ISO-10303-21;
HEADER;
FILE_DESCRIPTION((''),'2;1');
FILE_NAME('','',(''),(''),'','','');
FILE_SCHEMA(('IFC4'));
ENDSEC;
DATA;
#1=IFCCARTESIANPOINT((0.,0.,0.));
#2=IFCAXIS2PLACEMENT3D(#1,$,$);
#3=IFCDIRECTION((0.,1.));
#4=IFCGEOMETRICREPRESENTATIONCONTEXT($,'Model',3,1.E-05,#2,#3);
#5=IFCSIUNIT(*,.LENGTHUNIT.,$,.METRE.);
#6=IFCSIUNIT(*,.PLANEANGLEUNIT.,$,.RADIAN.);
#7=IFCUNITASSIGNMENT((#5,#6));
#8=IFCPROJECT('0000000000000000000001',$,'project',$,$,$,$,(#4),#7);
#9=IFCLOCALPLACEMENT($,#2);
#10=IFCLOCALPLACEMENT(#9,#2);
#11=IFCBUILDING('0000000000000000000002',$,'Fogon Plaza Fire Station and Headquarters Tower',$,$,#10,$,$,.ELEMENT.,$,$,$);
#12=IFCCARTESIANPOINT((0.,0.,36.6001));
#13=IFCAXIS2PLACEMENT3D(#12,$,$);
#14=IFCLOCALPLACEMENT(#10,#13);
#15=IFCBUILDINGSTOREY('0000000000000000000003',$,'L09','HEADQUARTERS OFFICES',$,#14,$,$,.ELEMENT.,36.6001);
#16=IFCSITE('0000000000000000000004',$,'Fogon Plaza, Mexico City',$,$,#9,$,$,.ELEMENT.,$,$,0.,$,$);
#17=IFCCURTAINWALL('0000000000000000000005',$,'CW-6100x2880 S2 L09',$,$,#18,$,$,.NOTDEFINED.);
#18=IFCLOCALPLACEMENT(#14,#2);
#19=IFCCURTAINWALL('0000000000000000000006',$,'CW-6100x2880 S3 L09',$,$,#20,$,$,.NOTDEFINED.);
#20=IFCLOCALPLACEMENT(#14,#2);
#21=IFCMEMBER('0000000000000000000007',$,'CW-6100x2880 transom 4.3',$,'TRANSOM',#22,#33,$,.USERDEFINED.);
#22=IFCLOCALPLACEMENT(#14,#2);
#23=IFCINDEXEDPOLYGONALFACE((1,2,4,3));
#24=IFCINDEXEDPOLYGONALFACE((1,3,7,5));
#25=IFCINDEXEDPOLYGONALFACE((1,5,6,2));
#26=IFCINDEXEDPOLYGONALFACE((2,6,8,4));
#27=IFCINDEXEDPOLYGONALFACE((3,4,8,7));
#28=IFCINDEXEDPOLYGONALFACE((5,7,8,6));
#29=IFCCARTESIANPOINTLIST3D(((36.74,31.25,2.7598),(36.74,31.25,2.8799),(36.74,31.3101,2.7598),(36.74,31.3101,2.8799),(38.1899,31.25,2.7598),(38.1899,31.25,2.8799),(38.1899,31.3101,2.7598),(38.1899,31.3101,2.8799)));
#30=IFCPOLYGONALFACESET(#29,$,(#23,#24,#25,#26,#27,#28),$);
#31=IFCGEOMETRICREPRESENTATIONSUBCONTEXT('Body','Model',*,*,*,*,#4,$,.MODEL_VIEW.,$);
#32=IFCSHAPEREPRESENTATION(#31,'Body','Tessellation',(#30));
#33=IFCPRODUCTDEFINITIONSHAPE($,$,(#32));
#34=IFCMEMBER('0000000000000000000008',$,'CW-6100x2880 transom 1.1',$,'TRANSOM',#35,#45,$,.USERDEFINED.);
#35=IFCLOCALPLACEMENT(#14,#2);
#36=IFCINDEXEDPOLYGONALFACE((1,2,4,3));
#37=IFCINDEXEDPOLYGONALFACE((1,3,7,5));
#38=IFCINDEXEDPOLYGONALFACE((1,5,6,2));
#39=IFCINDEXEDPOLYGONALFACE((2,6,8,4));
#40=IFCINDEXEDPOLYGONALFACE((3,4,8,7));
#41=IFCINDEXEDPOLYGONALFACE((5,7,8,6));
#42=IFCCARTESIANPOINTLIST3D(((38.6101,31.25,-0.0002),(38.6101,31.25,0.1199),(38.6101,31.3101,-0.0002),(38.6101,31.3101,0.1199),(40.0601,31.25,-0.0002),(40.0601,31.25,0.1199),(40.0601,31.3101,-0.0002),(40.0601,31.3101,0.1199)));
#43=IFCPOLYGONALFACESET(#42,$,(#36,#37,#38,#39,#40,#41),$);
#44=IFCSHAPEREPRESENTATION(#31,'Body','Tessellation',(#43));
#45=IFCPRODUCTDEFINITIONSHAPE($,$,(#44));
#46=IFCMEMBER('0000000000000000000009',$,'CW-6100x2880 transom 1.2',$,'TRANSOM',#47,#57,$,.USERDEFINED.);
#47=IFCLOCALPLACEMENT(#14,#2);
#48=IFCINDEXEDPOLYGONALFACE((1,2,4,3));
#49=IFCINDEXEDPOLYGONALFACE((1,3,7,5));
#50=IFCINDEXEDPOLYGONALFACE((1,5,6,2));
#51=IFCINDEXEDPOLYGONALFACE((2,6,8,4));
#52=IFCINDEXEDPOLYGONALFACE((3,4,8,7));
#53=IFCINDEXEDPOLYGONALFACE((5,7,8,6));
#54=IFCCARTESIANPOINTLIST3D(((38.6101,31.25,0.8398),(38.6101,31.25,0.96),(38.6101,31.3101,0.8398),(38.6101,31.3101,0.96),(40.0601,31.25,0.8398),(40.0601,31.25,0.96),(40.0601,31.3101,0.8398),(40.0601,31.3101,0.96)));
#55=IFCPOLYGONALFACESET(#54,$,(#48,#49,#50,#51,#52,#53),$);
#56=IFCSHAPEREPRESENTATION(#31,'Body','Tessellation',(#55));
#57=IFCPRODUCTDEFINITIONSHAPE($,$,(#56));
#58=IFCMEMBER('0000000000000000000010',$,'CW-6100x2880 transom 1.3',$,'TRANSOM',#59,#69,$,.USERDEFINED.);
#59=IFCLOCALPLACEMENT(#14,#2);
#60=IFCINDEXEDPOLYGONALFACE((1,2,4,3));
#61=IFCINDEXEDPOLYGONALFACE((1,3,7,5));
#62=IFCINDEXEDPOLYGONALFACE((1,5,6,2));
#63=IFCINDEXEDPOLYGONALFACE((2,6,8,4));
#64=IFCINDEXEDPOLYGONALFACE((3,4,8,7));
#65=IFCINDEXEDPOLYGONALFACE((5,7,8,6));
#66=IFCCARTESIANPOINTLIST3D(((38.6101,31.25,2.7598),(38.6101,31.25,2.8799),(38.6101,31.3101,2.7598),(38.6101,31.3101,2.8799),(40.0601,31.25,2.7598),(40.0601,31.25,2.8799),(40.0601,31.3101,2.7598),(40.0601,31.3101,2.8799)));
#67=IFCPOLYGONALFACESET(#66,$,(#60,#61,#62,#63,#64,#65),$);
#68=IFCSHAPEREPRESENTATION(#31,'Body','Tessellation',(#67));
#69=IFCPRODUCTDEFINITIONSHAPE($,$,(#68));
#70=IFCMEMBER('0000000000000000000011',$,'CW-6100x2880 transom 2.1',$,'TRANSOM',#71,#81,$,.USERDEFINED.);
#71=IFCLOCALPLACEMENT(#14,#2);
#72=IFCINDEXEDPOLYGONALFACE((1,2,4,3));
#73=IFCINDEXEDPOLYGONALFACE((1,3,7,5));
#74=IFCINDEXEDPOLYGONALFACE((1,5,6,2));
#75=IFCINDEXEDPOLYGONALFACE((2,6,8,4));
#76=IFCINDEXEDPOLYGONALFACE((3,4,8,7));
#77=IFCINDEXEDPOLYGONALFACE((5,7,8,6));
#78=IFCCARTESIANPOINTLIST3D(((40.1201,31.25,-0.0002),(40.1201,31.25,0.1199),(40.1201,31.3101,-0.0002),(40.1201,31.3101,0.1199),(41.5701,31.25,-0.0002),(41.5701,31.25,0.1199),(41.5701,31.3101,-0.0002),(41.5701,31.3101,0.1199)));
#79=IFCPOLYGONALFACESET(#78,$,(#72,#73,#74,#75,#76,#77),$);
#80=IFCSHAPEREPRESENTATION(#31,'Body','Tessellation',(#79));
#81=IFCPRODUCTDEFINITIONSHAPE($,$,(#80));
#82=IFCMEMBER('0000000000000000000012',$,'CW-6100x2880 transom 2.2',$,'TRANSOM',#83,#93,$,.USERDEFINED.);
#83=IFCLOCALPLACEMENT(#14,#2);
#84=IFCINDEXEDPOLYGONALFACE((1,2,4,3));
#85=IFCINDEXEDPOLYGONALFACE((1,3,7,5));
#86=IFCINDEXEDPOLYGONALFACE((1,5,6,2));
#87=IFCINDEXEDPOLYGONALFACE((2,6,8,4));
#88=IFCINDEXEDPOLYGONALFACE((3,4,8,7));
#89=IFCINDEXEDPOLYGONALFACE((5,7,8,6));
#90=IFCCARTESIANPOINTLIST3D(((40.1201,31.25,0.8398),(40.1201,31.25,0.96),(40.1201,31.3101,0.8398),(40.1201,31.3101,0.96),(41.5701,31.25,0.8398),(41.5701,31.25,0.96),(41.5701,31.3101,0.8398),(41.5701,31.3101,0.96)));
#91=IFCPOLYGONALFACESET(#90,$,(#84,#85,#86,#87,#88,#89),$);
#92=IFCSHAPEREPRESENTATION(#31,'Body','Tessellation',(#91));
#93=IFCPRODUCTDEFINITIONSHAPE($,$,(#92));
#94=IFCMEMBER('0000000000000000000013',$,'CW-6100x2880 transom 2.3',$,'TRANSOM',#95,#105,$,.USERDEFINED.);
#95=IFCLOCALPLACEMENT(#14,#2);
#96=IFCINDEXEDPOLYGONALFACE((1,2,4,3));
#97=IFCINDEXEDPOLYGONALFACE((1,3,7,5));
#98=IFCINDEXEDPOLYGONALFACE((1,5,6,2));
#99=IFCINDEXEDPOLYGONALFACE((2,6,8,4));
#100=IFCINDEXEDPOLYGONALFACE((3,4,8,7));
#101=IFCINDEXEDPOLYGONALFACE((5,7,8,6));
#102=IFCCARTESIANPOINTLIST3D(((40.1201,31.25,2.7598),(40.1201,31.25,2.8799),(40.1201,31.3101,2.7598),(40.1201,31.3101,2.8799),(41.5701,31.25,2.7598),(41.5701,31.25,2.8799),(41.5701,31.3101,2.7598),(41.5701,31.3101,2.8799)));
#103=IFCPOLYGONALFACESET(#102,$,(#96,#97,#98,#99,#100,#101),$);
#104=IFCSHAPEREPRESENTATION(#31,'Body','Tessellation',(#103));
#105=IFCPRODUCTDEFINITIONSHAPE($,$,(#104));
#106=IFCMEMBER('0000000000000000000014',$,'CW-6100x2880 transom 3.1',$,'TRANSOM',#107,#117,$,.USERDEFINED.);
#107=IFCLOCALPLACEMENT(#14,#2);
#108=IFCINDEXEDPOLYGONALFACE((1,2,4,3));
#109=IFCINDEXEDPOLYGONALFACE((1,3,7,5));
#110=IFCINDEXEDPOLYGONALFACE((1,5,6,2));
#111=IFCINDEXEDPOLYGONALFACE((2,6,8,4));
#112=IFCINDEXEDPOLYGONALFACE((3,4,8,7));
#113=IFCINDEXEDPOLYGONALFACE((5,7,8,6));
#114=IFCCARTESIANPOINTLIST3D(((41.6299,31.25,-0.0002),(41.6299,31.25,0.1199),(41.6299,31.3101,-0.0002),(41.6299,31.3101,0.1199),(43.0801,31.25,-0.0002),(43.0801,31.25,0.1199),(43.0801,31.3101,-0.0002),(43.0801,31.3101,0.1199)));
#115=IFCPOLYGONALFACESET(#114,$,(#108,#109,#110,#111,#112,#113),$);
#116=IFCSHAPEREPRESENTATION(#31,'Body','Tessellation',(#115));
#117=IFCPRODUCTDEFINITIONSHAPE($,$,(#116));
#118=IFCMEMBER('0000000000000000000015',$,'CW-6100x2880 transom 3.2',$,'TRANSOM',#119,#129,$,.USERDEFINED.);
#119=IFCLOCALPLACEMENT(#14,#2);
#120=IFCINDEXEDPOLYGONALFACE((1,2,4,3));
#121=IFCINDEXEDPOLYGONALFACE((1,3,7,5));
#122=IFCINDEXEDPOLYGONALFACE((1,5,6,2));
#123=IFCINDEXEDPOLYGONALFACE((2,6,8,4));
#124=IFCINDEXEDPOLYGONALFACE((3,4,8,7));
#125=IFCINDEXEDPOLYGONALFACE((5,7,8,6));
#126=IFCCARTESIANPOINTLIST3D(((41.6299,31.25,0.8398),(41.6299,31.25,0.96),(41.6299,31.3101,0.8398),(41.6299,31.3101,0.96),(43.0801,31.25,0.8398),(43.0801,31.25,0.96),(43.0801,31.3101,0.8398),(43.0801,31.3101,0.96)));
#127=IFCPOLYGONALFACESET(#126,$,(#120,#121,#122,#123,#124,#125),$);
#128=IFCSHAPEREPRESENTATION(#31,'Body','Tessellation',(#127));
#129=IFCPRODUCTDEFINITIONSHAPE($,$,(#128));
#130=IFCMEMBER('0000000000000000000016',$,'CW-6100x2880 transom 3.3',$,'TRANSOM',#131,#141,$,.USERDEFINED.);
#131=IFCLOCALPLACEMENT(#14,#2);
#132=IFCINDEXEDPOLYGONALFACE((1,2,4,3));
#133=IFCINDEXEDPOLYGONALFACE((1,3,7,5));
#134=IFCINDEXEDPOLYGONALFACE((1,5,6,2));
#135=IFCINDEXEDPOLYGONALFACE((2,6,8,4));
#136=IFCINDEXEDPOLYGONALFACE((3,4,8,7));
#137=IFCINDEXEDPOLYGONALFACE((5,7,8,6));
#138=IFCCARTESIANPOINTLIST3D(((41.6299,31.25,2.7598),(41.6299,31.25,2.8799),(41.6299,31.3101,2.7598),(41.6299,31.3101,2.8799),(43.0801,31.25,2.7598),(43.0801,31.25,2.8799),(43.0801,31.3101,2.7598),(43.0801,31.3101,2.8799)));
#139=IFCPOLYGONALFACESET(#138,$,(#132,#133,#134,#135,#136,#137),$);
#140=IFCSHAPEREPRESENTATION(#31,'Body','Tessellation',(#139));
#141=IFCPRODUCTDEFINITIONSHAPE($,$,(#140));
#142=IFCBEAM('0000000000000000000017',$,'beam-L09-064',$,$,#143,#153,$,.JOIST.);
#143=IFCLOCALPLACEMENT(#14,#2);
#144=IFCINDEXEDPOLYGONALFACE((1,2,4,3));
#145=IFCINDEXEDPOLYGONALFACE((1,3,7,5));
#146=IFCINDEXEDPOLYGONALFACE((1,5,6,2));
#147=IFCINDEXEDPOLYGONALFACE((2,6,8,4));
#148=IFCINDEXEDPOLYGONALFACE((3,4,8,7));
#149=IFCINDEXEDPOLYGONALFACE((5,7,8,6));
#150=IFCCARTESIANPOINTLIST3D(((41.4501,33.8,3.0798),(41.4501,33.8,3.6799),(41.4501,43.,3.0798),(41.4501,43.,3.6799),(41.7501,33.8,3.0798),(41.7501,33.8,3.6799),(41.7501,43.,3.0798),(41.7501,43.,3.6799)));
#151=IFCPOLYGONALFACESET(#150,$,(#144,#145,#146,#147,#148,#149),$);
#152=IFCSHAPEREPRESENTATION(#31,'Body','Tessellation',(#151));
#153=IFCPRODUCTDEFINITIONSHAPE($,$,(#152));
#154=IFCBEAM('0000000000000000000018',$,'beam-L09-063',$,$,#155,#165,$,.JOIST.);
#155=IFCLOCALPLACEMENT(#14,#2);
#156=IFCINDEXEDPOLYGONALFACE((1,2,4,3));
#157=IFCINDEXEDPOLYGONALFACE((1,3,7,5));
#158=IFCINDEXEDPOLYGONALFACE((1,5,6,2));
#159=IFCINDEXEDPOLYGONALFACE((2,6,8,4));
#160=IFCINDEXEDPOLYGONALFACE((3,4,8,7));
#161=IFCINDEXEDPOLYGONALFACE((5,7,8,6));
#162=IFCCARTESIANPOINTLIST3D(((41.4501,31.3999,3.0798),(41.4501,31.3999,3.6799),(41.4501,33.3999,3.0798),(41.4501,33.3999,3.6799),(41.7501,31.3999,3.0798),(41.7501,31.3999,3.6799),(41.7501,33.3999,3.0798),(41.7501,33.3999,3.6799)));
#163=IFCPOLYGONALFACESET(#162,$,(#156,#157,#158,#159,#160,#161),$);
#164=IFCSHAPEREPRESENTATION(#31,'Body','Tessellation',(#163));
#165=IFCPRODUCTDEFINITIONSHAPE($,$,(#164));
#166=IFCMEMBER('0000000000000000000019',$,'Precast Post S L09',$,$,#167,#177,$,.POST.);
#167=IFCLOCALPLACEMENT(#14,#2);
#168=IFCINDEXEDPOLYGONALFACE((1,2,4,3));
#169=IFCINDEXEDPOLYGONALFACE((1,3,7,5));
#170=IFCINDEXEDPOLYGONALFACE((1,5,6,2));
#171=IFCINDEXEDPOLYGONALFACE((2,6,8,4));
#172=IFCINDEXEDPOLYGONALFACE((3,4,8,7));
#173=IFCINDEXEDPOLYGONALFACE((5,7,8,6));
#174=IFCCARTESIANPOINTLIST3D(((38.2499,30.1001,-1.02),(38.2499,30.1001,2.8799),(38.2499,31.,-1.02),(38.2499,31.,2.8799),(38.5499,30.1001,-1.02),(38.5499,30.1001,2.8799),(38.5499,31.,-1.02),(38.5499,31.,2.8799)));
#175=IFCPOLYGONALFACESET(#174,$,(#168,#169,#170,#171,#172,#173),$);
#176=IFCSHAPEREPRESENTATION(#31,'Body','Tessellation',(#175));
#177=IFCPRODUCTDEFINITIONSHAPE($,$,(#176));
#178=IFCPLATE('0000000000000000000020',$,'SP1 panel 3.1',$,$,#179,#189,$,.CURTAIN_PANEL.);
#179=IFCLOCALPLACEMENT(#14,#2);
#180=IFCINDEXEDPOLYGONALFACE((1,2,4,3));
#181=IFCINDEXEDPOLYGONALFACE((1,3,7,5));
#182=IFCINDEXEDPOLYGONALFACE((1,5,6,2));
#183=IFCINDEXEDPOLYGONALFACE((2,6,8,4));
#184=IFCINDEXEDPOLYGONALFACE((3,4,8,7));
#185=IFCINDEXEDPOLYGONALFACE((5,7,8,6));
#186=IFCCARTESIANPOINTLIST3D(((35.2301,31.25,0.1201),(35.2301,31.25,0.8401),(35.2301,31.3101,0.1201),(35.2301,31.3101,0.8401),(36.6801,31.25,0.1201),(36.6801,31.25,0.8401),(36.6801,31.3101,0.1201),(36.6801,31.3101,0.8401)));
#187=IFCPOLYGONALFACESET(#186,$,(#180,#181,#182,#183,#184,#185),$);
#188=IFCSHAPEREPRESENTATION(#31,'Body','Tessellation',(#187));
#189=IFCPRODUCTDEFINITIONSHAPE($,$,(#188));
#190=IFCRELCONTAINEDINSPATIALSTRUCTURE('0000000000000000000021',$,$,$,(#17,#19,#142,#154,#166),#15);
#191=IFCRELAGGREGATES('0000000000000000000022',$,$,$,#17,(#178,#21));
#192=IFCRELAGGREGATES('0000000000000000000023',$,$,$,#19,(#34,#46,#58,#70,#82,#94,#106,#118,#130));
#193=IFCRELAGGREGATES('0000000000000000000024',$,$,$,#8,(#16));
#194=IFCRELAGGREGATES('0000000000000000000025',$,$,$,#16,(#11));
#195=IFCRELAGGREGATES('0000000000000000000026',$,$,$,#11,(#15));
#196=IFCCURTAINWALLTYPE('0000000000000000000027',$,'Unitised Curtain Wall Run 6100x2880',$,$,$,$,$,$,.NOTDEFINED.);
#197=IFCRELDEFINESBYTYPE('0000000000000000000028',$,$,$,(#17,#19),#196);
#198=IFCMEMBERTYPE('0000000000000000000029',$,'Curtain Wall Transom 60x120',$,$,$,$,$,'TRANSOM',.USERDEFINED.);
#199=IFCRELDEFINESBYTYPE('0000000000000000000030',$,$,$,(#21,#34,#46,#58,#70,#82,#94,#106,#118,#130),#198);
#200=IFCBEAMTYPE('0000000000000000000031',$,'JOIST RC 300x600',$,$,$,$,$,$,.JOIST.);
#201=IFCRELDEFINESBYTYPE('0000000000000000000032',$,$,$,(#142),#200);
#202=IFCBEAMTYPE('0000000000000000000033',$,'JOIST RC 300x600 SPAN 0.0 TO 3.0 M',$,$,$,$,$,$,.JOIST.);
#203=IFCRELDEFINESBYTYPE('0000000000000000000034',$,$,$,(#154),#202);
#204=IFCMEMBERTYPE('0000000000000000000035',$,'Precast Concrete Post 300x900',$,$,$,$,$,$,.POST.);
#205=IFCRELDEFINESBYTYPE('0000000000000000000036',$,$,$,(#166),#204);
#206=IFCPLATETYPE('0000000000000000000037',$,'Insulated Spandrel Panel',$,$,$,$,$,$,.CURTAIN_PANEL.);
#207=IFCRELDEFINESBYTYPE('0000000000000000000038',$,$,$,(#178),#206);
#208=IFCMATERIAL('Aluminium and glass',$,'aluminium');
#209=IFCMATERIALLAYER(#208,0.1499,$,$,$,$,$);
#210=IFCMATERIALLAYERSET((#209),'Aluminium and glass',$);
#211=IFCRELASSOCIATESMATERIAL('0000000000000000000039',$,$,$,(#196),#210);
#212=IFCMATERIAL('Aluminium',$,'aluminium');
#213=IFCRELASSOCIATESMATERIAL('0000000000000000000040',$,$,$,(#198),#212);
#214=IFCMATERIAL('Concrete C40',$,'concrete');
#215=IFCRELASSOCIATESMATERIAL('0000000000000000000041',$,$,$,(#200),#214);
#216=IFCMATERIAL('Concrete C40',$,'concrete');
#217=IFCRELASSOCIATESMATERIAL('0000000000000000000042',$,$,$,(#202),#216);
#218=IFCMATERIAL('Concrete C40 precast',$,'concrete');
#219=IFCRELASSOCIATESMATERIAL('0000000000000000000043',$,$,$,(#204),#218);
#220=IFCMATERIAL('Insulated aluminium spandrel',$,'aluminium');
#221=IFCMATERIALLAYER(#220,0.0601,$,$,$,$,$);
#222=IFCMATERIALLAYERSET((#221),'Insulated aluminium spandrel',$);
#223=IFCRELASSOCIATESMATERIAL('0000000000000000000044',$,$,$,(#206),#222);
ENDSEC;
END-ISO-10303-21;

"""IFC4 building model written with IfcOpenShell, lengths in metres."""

from ifc_helpers import new_model, si_unit, direction, frame, origin, origin_2d, place, context, subcontext, project, spatial, rectangle, extrude, material, layer, layer_set, material_profile, profile_set, type_object, element, aggregate, save


model = new_model("IFC4")

# Units and contexts
model_context = context("Model", 3, precision=1e-05, world=origin(), true_north=direction((0.0, 1.0)))
body_context = subcontext(model_context, "Body", "Model", "MODEL_VIEW")
ifc_project = project(units=[si_unit("LENGTHUNIT", "METRE"), si_unit("PLANEANGLEUNIT", "RADIAN")], contexts=[model_context])

# Site, building, storey
site_placement = place(None, origin())
site = spatial("IfcSite", under=ifc_project, at=site_placement, Name="Fogon Plaza, Mexico City", CompositionType="ELEMENT", RefElevation=0.0)
building_placement = place(site_placement, origin())
building = spatial("IfcBuilding", under=site, at=building_placement, Name="Fogon Plaza Fire Station and Headquarters Tower", CompositionType="ELEMENT")
storey_placement = place(building_placement, frame((0.0, 0.0, 36.6001)))
storey = spatial("IfcBuildingStorey", under=building, at=storey_placement, Name="L09", Description="HEADQUARTERS OFFICES", CompositionType="ELEMENT", Elevation=36.6001)

# Curtain walls
ifc_material_1 = material(Name="Aluminium and glass", Category="aluminium")
ifc_layer_1 = layer(ifc_material_1, 0.1499)
ifc_layer_set_1 = layer_set([ifc_layer_1], Name="Aluminium and glass")
curtain_wall_type = type_object("IfcCurtainWallType", Name="Unitised Curtain Wall Run 6100x2880", PredefinedType="NOTDEFINED", material=ifc_layer_set_1)
curtain_wall_1_placement = place(storey_placement, origin())
curtain_wall_1 = element("IfcCurtainWall", 1, at=curtain_wall_1_placement, inside=storey, type_object=curtain_wall_type, Name="CW-6100x2880 S2 L09", PredefinedType="NOTDEFINED")
curtain_wall_2_placement = place(storey_placement, origin())
curtain_wall_2 = element("IfcCurtainWall", 2, at=curtain_wall_2_placement, inside=storey, type_object=curtain_wall_type, Name="CW-6100x2880 S3 L09", PredefinedType="NOTDEFINED")

# Members
ifc_material_2 = material(Name="Aluminium", Category="aluminium")
ifc_material_profile_1 = material_profile(ifc_material_2, rectangle(XDim=0.0601, YDim=0.1201, at=origin_2d()), Name="Curtain Wall Transom 60x120")
ifc_profile_set_1 = profile_set([ifc_material_profile_1], Name="Aluminium")
member_type_1 = type_object("IfcMemberType", Name="Curtain Wall Transom 60x120", ElementType="TRANSOM", PredefinedType="USERDEFINED", material=ifc_profile_set_1)
member_1_placement = place(storey_placement, frame((36.74, 31.28, 2.8198), z_axis=(1.0, 0.0, 0.0), x_axis=(0.0, 1.0, 0.0)))
member_1 = element("IfcMember", 3, at=member_1_placement, type_object=member_type_1, Name="CW-6100x2880 transom 4.3", ObjectType="TRANSOM", PredefinedType="USERDEFINED", context=body_context, shape_type="SweptSolid", body=[
    extrude(rectangle(XDim=0.0601, YDim=0.1201, at=origin_2d()), origin(), (0.0, 0.0, 1.0), 1.45),
])
member_2_placement = place(storey_placement, frame((38.6101, 31.28, 0.0598), z_axis=(1.0, 0.0, 0.0), x_axis=(0.0, 1.0, 0.0)))
member_2 = element("IfcMember", 4, at=member_2_placement, type_object=member_type_1, Name="CW-6100x2880 transom 1.1", ObjectType="TRANSOM", PredefinedType="USERDEFINED", context=body_context, shape_type="SweptSolid", body=[
    extrude(rectangle(XDim=0.0601, YDim=0.1201, at=origin_2d()), origin(), (0.0, 0.0, 1.0), 1.45),
])
member_3_placement = place(storey_placement, frame((38.6101, 31.28, 0.8999), z_axis=(1.0, 0.0, 0.0), x_axis=(0.0, 1.0, 0.0)))
member_3 = element("IfcMember", 5, at=member_3_placement, type_object=member_type_1, Name="CW-6100x2880 transom 1.2", ObjectType="TRANSOM", PredefinedType="USERDEFINED", context=body_context, shape_type="SweptSolid", body=[
    extrude(rectangle(XDim=0.0601, YDim=0.1201, at=origin_2d()), origin(), (0.0, 0.0, 1.0), 1.45),
])
member_4_placement = place(storey_placement, frame((38.6101, 31.28, 2.8198), z_axis=(1.0, 0.0, 0.0), x_axis=(0.0, 1.0, 0.0)))
member_4 = element("IfcMember", 6, at=member_4_placement, type_object=member_type_1, Name="CW-6100x2880 transom 1.3", ObjectType="TRANSOM", PredefinedType="USERDEFINED", context=body_context, shape_type="SweptSolid", body=[
    extrude(rectangle(XDim=0.0601, YDim=0.1201, at=origin_2d()), origin(), (0.0, 0.0, 1.0), 1.45),
])
member_5_placement = place(storey_placement, frame((40.1201, 31.28, 0.0598), z_axis=(1.0, 0.0, 0.0), x_axis=(0.0, 1.0, 0.0)))
member_5 = element("IfcMember", 7, at=member_5_placement, type_object=member_type_1, Name="CW-6100x2880 transom 2.1", ObjectType="TRANSOM", PredefinedType="USERDEFINED", context=body_context, shape_type="SweptSolid", body=[
    extrude(rectangle(XDim=0.0601, YDim=0.1201, at=origin_2d()), origin(), (0.0, 0.0, 1.0), 1.45),
])
member_6_placement = place(storey_placement, frame((40.1201, 31.28, 0.8999), z_axis=(1.0, 0.0, 0.0), x_axis=(0.0, 1.0, 0.0)))
member_6 = element("IfcMember", 8, at=member_6_placement, type_object=member_type_1, Name="CW-6100x2880 transom 2.2", ObjectType="TRANSOM", PredefinedType="USERDEFINED", context=body_context, shape_type="SweptSolid", body=[
    extrude(rectangle(XDim=0.0601, YDim=0.1201, at=origin_2d()), origin(), (0.0, 0.0, 1.0), 1.45),
])
member_7_placement = place(storey_placement, frame((40.1201, 31.28, 2.8198), z_axis=(1.0, 0.0, 0.0), x_axis=(0.0, 1.0, 0.0)))
member_7 = element("IfcMember", 9, at=member_7_placement, type_object=member_type_1, Name="CW-6100x2880 transom 2.3", ObjectType="TRANSOM", PredefinedType="USERDEFINED", context=body_context, shape_type="SweptSolid", body=[
    extrude(rectangle(XDim=0.0601, YDim=0.1201, at=origin_2d()), origin(), (0.0, 0.0, 1.0), 1.45),
])
member_8_placement = place(storey_placement, frame((41.6299, 31.28, 0.0598), z_axis=(1.0, 0.0, 0.0), x_axis=(0.0, 1.0, 0.0)))
member_8 = element("IfcMember", 10, at=member_8_placement, type_object=member_type_1, Name="CW-6100x2880 transom 3.1", ObjectType="TRANSOM", PredefinedType="USERDEFINED", context=body_context, shape_type="SweptSolid", body=[
    extrude(rectangle(XDim=0.0601, YDim=0.1201, at=origin_2d()), origin(), (0.0, 0.0, 1.0), 1.4502),
])
member_9_placement = place(storey_placement, frame((41.6299, 31.28, 0.8999), z_axis=(1.0, 0.0, 0.0), x_axis=(0.0, 1.0, 0.0)))
member_9 = element("IfcMember", 11, at=member_9_placement, type_object=member_type_1, Name="CW-6100x2880 transom 3.2", ObjectType="TRANSOM", PredefinedType="USERDEFINED", context=body_context, shape_type="SweptSolid", body=[
    extrude(rectangle(XDim=0.0601, YDim=0.1201, at=origin_2d()), origin(), (0.0, 0.0, 1.0), 1.4502),
])
member_10_placement = place(storey_placement, frame((41.6299, 31.28, 2.8198), z_axis=(1.0, 0.0, 0.0), x_axis=(0.0, 1.0, 0.0)))
member_10 = element("IfcMember", 12, at=member_10_placement, type_object=member_type_1, Name="CW-6100x2880 transom 3.3", ObjectType="TRANSOM", PredefinedType="USERDEFINED", context=body_context, shape_type="SweptSolid", body=[
    extrude(rectangle(XDim=0.0601, YDim=0.1201, at=origin_2d()), origin(), (0.0, 0.0, 1.0), 1.4502),
])

# Beams
ifc_material_3 = material(Name="Concrete C40", Category="concrete")
ifc_material_profile_2 = material_profile(ifc_material_3, rectangle(XDim=0.3, YDim=0.6001, at=origin_2d()), Name="RC 300x600")
ifc_profile_set_2 = profile_set([ifc_material_profile_2], Name="Concrete C40")
beam_type_1 = type_object("IfcBeamType", Name="JOIST RC 300x600", PredefinedType="JOIST", material=ifc_profile_set_2)
beam_1_placement = place(storey_placement, frame((41.6001, 33.8, 3.3799), z_axis=(0.0, 1.0, 0.0), x_axis=(-1.0, 0.0, 0.0)))
element("IfcBeam", 13, at=beam_1_placement, inside=storey, type_object=beam_type_1, Name="beam-L09-064", PredefinedType="JOIST", context=body_context, shape_type="SweptSolid", body=[
    extrude(rectangle(XDim=0.3, YDim=0.6001, at=origin_2d()), origin(), (0.0, 0.0, 1.0), 9.2),
])
ifc_material_4 = material(Name="Concrete C40", Category="concrete")
ifc_material_profile_3 = material_profile(ifc_material_4, rectangle(XDim=0.3, YDim=0.6001, at=origin_2d()), Name="RC 300x600")
ifc_profile_set_3 = profile_set([ifc_material_profile_3], Name="Concrete C40")
beam_type_2 = type_object("IfcBeamType", Name="JOIST RC 300x600 SPAN 0.0 TO 3.0 M", PredefinedType="JOIST", material=ifc_profile_set_3)
beam_2_placement = place(storey_placement, frame((41.6001, 31.3999, 3.3799), z_axis=(0.0, 1.0, 0.0), x_axis=(-1.0, 0.0, 0.0)))
element("IfcBeam", 14, at=beam_2_placement, inside=storey, type_object=beam_type_2, Name="beam-L09-063", PredefinedType="JOIST", context=body_context, shape_type="SweptSolid", body=[
    extrude(rectangle(XDim=0.3, YDim=0.6001, at=origin_2d()), origin(), (0.0, 0.0, 1.0), 2.0),
])

# Member
ifc_material_5 = material(Name="Concrete C40 precast", Category="concrete")
ifc_material_profile_4 = material_profile(ifc_material_5, rectangle(XDim=0.3, YDim=0.8999, at=origin_2d()), Name="Precast Concrete Post 300x900")
ifc_profile_set_4 = profile_set([ifc_material_profile_4], Name="Concrete C40 precast")
member_type_2 = type_object("IfcMemberType", Name="Precast Concrete Post 300x900", PredefinedType="POST", material=ifc_profile_set_4)
member_11_placement = place(storey_placement, frame((38.3999, 30.55, -1.02), z_axis=(0.0, 0.0, 1.0), x_axis=(1.0, 0.0, 0.0)))
element("IfcMember", 15, at=member_11_placement, inside=storey, type_object=member_type_2, Name="Precast Post S L09", PredefinedType="POST", context=body_context, shape_type="SweptSolid", body=[
    extrude(rectangle(XDim=0.3, YDim=0.8999, at=origin_2d()), origin(), (0.0, 0.0, 1.0), 3.8999),
])

# Plate
ifc_material_6 = material(Name="Insulated aluminium spandrel", Category="aluminium")
ifc_layer_2 = layer(ifc_material_6, 0.0601)
ifc_layer_set_2 = layer_set([ifc_layer_2], Name="Insulated aluminium spandrel")
plate_type_1 = type_object("IfcPlateType", Name="Insulated Spandrel Panel", PredefinedType="CURTAIN_PANEL", material=ifc_layer_set_2)
plate_1_placement = place(storey_placement, frame((35.9551, 31.28, 0.1201), z_axis=(0.0, 0.0, 1.0), x_axis=(1.0, 0.0, 0.0)))
plate_1 = element("IfcPlate", 16, at=plate_1_placement, type_object=plate_type_1, Name="SP1 panel 3.1", PredefinedType="CURTAIN_PANEL", context=body_context, shape_type="SweptSolid", body=[
    extrude(rectangle(XDim=1.45, YDim=0.0601, at=origin_2d()), origin(), (0.0, 0.0, 1.0), 0.72),
])
aggregate(curtain_wall_1, [plate_1, member_1])
aggregate(curtain_wall_2, [member_2, member_3, member_4, member_5, member_6, member_7, member_8, member_9, member_10])

save(model, "model.ifc")
